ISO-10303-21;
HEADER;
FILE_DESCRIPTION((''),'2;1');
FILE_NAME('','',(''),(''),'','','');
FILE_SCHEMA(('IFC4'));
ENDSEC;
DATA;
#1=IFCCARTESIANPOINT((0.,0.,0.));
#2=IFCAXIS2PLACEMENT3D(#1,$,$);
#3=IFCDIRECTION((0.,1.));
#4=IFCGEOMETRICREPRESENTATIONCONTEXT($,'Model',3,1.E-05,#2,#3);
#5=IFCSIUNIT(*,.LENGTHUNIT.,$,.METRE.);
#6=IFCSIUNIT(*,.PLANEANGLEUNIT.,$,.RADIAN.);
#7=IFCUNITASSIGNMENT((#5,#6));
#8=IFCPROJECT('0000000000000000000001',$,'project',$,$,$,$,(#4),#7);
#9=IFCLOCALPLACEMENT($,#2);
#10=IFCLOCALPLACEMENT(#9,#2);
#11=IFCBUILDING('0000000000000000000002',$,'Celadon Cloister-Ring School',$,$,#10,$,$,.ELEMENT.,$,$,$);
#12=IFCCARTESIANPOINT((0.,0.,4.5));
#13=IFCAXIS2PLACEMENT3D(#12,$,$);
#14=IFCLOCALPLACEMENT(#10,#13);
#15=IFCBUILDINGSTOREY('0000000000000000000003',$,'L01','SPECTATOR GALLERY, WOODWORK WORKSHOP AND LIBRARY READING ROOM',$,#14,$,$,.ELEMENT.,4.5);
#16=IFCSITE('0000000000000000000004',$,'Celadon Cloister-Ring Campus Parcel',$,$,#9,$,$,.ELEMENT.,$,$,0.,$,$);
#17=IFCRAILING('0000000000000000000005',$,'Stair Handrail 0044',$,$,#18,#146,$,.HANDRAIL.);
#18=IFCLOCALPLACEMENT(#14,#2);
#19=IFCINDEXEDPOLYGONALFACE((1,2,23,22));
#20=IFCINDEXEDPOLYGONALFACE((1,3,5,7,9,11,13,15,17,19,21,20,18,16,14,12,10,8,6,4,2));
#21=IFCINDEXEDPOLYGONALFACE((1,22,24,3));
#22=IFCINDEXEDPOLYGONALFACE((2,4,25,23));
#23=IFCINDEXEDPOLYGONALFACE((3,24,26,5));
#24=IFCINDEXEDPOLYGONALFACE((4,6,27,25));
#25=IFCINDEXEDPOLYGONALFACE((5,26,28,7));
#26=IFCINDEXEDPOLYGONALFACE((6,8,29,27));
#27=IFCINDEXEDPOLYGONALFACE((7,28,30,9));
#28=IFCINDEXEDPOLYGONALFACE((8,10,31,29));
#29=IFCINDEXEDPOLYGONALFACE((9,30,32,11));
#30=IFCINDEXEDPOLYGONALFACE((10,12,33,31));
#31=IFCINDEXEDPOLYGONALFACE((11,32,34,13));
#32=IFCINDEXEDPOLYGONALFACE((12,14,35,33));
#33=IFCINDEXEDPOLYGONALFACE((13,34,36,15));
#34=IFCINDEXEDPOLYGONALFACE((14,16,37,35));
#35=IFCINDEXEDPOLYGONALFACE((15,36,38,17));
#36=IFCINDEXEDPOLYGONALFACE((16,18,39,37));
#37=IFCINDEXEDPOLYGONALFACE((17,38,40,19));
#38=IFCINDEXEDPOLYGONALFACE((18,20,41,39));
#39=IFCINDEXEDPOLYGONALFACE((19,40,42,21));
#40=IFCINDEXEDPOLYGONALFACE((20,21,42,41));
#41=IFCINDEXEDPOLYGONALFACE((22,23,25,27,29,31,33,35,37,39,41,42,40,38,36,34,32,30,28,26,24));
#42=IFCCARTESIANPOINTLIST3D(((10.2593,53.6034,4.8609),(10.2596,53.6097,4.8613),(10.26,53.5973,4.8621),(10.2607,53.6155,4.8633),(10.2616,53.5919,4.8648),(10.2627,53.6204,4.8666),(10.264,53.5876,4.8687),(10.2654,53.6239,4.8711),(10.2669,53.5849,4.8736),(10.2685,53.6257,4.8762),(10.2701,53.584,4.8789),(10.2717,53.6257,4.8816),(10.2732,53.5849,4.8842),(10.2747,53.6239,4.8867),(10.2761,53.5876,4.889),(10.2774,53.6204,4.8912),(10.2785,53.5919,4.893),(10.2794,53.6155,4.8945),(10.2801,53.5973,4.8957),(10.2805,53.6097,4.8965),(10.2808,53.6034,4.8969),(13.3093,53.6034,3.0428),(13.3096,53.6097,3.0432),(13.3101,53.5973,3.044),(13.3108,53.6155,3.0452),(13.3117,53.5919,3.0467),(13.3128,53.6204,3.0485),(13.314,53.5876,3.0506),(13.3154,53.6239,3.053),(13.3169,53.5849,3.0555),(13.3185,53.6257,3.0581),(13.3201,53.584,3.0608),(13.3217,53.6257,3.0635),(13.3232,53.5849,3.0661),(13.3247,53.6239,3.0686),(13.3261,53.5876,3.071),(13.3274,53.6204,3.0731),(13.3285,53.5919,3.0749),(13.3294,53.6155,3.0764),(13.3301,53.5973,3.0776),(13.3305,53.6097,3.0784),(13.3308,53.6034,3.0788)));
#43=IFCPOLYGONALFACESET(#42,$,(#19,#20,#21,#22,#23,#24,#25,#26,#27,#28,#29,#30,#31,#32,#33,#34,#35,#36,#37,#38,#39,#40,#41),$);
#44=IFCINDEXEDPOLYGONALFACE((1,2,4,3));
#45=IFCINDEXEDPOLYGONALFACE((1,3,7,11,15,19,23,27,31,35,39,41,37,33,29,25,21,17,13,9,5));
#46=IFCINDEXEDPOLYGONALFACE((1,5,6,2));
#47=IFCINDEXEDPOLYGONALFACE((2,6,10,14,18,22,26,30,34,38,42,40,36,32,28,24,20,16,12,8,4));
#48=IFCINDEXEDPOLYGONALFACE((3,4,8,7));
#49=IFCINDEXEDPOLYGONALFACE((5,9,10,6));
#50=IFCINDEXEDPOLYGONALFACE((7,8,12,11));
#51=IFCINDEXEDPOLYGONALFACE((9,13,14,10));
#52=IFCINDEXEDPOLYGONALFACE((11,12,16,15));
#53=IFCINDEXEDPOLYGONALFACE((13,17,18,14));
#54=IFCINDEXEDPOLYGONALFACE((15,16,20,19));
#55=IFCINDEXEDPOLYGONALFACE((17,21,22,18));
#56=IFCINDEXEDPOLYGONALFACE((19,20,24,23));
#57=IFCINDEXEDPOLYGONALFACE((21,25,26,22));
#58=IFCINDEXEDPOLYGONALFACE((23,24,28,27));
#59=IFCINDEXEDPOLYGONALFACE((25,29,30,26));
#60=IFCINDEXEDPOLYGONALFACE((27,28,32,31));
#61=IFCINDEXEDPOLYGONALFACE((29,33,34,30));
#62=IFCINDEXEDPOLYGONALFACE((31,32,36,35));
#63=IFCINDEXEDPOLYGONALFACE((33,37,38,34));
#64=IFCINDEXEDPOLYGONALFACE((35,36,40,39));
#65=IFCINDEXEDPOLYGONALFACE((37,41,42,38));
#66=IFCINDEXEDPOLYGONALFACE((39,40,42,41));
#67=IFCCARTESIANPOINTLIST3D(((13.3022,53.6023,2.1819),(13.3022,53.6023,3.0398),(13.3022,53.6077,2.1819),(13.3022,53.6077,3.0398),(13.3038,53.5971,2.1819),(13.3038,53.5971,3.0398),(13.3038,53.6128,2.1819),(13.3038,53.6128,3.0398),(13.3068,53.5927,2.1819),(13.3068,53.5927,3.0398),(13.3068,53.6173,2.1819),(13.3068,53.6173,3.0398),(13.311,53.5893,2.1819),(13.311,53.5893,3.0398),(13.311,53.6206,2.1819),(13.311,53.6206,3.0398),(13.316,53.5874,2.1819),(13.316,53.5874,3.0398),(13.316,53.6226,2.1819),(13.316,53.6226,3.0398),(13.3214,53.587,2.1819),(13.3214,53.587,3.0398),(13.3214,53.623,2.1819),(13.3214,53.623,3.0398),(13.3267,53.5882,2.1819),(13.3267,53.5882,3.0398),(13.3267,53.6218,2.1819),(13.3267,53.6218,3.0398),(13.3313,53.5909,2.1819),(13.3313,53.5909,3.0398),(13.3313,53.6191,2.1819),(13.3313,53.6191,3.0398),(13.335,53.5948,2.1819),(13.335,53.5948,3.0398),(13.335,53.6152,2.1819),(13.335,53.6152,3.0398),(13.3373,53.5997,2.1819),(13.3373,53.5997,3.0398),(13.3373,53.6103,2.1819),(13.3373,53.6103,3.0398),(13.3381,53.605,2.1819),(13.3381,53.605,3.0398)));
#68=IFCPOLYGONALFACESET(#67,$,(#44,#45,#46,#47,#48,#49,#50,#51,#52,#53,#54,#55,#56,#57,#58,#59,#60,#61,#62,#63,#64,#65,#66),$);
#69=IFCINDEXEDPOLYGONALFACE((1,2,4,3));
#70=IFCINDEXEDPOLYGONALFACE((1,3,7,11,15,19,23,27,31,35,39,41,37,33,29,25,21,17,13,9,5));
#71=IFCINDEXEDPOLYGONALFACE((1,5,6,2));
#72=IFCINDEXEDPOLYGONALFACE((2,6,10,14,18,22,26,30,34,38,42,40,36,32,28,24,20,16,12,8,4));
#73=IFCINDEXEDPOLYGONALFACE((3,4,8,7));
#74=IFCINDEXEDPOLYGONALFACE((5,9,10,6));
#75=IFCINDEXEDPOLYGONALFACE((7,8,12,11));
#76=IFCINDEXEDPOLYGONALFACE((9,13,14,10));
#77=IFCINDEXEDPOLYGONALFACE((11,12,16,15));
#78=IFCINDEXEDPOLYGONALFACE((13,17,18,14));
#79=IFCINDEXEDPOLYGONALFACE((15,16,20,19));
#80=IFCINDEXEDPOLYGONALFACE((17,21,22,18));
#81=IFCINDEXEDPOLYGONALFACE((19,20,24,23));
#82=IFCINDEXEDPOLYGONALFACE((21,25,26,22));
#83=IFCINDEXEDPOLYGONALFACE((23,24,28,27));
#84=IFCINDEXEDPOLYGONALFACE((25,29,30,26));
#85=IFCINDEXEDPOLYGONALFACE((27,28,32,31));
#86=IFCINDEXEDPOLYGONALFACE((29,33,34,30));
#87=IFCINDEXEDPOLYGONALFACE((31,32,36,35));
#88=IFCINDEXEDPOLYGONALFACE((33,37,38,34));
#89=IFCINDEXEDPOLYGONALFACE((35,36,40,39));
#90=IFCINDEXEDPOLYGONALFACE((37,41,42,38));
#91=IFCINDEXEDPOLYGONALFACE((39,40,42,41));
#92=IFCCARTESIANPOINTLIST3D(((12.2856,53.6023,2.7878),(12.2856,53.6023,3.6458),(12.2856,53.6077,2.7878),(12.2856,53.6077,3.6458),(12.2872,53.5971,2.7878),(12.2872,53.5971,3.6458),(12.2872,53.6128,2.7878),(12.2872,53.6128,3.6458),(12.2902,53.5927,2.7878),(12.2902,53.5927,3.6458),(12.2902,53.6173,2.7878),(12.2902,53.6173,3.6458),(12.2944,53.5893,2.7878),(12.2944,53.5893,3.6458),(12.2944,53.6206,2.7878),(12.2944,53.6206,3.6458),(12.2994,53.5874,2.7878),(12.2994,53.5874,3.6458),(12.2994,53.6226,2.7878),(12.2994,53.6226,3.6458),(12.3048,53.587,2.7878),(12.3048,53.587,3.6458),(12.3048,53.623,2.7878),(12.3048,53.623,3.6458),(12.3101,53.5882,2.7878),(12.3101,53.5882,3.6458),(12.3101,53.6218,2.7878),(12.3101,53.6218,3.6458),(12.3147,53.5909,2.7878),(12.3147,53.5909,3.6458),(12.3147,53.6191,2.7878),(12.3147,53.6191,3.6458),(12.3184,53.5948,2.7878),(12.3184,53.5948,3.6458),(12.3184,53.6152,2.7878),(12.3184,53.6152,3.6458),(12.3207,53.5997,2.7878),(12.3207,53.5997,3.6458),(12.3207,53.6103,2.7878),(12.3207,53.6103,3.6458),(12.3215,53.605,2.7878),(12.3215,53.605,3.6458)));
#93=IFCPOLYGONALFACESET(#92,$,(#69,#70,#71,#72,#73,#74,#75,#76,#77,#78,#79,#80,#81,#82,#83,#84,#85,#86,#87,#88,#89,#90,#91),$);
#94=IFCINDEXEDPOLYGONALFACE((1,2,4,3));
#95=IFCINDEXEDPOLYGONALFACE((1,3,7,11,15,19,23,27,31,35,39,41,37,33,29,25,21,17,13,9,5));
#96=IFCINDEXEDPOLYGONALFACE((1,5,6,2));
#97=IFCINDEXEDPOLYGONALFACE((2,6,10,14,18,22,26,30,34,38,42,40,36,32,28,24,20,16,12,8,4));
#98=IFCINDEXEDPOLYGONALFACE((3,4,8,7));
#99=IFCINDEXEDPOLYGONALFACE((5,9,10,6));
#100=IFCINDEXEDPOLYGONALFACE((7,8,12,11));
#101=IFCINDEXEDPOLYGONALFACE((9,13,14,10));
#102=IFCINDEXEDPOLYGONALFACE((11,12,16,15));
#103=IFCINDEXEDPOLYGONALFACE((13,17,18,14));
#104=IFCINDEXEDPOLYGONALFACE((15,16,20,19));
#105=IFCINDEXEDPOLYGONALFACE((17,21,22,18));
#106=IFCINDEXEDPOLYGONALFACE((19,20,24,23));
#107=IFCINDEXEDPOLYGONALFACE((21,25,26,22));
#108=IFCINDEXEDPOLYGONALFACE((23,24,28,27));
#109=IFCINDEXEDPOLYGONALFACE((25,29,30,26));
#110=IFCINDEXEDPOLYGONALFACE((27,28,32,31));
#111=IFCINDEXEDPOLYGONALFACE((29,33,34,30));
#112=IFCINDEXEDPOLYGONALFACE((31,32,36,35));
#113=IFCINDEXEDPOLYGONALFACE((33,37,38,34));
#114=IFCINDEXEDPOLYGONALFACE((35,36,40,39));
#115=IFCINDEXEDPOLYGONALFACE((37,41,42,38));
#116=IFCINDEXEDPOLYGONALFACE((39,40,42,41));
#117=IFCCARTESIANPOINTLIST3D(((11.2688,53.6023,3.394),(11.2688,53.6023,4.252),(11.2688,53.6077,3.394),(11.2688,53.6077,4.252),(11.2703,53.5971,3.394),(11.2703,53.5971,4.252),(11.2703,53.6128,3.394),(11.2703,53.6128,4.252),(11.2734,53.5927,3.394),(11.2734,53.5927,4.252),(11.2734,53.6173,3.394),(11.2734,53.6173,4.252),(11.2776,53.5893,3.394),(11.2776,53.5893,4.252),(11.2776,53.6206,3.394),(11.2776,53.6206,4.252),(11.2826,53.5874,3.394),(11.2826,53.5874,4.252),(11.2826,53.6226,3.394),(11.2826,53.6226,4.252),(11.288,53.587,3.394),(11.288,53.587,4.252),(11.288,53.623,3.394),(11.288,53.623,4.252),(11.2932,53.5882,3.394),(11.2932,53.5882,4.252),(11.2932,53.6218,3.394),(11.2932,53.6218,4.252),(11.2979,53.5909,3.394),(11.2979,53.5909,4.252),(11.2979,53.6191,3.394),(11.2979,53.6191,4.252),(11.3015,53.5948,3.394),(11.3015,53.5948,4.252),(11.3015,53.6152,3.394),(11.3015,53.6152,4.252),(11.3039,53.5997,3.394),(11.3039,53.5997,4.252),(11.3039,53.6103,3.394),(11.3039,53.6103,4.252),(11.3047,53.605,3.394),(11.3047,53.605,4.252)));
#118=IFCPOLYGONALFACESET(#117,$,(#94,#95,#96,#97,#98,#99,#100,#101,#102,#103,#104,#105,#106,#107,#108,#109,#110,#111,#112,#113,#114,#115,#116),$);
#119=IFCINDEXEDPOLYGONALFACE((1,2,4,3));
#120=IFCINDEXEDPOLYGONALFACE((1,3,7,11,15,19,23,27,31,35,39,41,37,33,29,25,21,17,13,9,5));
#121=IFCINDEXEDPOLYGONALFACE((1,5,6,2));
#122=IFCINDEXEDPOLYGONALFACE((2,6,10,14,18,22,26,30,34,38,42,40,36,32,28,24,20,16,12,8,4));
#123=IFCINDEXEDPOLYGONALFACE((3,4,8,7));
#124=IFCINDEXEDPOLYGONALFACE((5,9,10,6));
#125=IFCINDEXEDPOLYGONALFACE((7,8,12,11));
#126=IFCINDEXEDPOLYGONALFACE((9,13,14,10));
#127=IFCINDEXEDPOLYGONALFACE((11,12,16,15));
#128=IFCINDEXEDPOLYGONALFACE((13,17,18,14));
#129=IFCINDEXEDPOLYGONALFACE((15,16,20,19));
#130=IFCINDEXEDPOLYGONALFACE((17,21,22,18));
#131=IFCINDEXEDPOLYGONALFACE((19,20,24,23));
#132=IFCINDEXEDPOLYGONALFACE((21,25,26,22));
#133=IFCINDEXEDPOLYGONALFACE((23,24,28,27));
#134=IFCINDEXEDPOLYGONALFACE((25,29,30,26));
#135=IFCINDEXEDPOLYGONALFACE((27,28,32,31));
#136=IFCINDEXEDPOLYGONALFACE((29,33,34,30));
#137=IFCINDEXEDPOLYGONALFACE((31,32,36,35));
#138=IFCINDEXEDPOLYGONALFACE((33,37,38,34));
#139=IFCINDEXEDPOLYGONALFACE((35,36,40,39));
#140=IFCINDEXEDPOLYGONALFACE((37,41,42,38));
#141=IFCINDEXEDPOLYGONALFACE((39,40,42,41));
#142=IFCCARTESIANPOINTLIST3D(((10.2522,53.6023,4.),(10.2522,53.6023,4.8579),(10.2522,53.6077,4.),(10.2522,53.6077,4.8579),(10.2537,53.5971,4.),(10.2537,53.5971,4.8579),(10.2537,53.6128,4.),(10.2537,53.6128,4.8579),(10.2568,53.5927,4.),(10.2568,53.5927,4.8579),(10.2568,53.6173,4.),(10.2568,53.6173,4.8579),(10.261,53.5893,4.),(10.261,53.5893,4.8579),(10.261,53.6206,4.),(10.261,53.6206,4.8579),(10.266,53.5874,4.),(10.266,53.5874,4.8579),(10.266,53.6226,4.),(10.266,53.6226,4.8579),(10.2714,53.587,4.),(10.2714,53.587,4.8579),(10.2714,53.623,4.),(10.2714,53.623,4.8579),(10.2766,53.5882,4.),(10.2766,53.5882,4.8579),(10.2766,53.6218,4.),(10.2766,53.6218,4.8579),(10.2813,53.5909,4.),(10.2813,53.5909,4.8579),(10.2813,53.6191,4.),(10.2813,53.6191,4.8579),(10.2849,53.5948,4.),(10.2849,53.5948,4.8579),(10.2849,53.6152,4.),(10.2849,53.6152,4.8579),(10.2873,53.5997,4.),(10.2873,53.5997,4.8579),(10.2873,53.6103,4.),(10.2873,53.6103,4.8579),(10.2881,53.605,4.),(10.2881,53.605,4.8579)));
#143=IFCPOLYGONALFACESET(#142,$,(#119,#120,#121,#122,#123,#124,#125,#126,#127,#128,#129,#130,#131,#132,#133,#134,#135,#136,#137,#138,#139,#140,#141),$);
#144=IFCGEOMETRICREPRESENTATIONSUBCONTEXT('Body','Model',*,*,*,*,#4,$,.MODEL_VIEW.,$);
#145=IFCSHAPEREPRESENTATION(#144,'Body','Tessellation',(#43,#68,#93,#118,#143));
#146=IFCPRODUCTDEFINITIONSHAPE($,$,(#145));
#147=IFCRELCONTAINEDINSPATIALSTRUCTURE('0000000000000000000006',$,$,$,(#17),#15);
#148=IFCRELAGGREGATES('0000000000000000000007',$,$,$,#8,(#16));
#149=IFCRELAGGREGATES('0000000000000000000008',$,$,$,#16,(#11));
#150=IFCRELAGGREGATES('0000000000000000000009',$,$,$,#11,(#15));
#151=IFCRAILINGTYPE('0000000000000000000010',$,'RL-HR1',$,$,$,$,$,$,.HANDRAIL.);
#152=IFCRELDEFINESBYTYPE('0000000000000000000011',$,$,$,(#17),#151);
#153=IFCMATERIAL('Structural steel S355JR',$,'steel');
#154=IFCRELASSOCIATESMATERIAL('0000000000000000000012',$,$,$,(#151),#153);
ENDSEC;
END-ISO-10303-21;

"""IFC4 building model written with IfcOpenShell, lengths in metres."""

from ifc_helpers import new_model, si_unit, direction, frame, origin, origin_2d, place, context, subcontext, project, spatial, circle, extrude, material, type_object, element, save


model = new_model("IFC4")

# Units and contexts
model_context = context("Model", 3, precision=1e-05, world=origin(), true_north=direction((0.0, 1.0)))
body_context = subcontext(model_context, "Body", "Model", "MODEL_VIEW")
ifc_project = project(units=[si_unit("LENGTHUNIT", "METRE"), si_unit("PLANEANGLEUNIT", "RADIAN")], contexts=[model_context])

# Site, building, storey
site_placement = place(None, origin())
site = spatial("IfcSite", under=ifc_project, at=site_placement, Name="Celadon Cloister-Ring Campus Parcel", CompositionType="ELEMENT", RefElevation=0.0)
building_placement = place(site_placement, origin())
building = spatial("IfcBuilding", under=site, at=building_placement, Name="Celadon Cloister-Ring School", CompositionType="ELEMENT")
storey_placement = place(building_placement, frame((0.0, 0.0, 4.5)))
storey = spatial("IfcBuildingStorey", under=building, at=storey_placement, Name="L01", Description="SPECTATOR GALLERY, WOODWORK WORKSHOP AND LIBRARY READING ROOM", CompositionType="ELEMENT", Elevation=4.5)

# Railing
ifc_material_1 = material(Name="Structural steel S355JR", Category="steel")
railing_type_1 = type_object("IfcRailingType", Name="RL-HR1", PredefinedType="HANDRAIL", material=ifc_material_1)
for number, where, name in (
    (1, (13.3201, 53.605, 2.1819), "Stair Handrail 0044"),
):
    element("IfcRailing", number, at=place(storey_placement, frame(where)), inside=storey, type_object=railing_type_1, Name=name, PredefinedType="HANDRAIL", context=body_context, shape_type="SweptSolid", body=[
        extrude(circle(Radius=0.021, at=origin_2d()), frame((0.0, 0.0, 0.8789), z_axis=(-0.85897, 0.0, 0.512026), x_axis=(0.0, -1.0, 0.0)), (0.0, 0.0, 1.0), 3.5508),
        extrude(circle(Radius=0.0181, at=origin_2d()), origin(), (0.0, 0.0, 1.0), 0.8579),
        extrude(circle(Radius=0.0181, at=origin_2d()), frame((-1.0166, 0.0, 0.606)), (0.0, 0.0, 1.0), 0.8579),
        extrude(circle(Radius=0.0181, at=origin_2d()), frame((-2.0334, 0.0, 1.2122)), (0.0, 0.0, 1.0), 0.8579),
        extrude(circle(Radius=0.0181, at=origin_2d()), frame((-3.05, 0.0, 1.8181)), (0.0, 0.0, 1.0), 0.8579),
    ])

save(model, "model.ifc")
